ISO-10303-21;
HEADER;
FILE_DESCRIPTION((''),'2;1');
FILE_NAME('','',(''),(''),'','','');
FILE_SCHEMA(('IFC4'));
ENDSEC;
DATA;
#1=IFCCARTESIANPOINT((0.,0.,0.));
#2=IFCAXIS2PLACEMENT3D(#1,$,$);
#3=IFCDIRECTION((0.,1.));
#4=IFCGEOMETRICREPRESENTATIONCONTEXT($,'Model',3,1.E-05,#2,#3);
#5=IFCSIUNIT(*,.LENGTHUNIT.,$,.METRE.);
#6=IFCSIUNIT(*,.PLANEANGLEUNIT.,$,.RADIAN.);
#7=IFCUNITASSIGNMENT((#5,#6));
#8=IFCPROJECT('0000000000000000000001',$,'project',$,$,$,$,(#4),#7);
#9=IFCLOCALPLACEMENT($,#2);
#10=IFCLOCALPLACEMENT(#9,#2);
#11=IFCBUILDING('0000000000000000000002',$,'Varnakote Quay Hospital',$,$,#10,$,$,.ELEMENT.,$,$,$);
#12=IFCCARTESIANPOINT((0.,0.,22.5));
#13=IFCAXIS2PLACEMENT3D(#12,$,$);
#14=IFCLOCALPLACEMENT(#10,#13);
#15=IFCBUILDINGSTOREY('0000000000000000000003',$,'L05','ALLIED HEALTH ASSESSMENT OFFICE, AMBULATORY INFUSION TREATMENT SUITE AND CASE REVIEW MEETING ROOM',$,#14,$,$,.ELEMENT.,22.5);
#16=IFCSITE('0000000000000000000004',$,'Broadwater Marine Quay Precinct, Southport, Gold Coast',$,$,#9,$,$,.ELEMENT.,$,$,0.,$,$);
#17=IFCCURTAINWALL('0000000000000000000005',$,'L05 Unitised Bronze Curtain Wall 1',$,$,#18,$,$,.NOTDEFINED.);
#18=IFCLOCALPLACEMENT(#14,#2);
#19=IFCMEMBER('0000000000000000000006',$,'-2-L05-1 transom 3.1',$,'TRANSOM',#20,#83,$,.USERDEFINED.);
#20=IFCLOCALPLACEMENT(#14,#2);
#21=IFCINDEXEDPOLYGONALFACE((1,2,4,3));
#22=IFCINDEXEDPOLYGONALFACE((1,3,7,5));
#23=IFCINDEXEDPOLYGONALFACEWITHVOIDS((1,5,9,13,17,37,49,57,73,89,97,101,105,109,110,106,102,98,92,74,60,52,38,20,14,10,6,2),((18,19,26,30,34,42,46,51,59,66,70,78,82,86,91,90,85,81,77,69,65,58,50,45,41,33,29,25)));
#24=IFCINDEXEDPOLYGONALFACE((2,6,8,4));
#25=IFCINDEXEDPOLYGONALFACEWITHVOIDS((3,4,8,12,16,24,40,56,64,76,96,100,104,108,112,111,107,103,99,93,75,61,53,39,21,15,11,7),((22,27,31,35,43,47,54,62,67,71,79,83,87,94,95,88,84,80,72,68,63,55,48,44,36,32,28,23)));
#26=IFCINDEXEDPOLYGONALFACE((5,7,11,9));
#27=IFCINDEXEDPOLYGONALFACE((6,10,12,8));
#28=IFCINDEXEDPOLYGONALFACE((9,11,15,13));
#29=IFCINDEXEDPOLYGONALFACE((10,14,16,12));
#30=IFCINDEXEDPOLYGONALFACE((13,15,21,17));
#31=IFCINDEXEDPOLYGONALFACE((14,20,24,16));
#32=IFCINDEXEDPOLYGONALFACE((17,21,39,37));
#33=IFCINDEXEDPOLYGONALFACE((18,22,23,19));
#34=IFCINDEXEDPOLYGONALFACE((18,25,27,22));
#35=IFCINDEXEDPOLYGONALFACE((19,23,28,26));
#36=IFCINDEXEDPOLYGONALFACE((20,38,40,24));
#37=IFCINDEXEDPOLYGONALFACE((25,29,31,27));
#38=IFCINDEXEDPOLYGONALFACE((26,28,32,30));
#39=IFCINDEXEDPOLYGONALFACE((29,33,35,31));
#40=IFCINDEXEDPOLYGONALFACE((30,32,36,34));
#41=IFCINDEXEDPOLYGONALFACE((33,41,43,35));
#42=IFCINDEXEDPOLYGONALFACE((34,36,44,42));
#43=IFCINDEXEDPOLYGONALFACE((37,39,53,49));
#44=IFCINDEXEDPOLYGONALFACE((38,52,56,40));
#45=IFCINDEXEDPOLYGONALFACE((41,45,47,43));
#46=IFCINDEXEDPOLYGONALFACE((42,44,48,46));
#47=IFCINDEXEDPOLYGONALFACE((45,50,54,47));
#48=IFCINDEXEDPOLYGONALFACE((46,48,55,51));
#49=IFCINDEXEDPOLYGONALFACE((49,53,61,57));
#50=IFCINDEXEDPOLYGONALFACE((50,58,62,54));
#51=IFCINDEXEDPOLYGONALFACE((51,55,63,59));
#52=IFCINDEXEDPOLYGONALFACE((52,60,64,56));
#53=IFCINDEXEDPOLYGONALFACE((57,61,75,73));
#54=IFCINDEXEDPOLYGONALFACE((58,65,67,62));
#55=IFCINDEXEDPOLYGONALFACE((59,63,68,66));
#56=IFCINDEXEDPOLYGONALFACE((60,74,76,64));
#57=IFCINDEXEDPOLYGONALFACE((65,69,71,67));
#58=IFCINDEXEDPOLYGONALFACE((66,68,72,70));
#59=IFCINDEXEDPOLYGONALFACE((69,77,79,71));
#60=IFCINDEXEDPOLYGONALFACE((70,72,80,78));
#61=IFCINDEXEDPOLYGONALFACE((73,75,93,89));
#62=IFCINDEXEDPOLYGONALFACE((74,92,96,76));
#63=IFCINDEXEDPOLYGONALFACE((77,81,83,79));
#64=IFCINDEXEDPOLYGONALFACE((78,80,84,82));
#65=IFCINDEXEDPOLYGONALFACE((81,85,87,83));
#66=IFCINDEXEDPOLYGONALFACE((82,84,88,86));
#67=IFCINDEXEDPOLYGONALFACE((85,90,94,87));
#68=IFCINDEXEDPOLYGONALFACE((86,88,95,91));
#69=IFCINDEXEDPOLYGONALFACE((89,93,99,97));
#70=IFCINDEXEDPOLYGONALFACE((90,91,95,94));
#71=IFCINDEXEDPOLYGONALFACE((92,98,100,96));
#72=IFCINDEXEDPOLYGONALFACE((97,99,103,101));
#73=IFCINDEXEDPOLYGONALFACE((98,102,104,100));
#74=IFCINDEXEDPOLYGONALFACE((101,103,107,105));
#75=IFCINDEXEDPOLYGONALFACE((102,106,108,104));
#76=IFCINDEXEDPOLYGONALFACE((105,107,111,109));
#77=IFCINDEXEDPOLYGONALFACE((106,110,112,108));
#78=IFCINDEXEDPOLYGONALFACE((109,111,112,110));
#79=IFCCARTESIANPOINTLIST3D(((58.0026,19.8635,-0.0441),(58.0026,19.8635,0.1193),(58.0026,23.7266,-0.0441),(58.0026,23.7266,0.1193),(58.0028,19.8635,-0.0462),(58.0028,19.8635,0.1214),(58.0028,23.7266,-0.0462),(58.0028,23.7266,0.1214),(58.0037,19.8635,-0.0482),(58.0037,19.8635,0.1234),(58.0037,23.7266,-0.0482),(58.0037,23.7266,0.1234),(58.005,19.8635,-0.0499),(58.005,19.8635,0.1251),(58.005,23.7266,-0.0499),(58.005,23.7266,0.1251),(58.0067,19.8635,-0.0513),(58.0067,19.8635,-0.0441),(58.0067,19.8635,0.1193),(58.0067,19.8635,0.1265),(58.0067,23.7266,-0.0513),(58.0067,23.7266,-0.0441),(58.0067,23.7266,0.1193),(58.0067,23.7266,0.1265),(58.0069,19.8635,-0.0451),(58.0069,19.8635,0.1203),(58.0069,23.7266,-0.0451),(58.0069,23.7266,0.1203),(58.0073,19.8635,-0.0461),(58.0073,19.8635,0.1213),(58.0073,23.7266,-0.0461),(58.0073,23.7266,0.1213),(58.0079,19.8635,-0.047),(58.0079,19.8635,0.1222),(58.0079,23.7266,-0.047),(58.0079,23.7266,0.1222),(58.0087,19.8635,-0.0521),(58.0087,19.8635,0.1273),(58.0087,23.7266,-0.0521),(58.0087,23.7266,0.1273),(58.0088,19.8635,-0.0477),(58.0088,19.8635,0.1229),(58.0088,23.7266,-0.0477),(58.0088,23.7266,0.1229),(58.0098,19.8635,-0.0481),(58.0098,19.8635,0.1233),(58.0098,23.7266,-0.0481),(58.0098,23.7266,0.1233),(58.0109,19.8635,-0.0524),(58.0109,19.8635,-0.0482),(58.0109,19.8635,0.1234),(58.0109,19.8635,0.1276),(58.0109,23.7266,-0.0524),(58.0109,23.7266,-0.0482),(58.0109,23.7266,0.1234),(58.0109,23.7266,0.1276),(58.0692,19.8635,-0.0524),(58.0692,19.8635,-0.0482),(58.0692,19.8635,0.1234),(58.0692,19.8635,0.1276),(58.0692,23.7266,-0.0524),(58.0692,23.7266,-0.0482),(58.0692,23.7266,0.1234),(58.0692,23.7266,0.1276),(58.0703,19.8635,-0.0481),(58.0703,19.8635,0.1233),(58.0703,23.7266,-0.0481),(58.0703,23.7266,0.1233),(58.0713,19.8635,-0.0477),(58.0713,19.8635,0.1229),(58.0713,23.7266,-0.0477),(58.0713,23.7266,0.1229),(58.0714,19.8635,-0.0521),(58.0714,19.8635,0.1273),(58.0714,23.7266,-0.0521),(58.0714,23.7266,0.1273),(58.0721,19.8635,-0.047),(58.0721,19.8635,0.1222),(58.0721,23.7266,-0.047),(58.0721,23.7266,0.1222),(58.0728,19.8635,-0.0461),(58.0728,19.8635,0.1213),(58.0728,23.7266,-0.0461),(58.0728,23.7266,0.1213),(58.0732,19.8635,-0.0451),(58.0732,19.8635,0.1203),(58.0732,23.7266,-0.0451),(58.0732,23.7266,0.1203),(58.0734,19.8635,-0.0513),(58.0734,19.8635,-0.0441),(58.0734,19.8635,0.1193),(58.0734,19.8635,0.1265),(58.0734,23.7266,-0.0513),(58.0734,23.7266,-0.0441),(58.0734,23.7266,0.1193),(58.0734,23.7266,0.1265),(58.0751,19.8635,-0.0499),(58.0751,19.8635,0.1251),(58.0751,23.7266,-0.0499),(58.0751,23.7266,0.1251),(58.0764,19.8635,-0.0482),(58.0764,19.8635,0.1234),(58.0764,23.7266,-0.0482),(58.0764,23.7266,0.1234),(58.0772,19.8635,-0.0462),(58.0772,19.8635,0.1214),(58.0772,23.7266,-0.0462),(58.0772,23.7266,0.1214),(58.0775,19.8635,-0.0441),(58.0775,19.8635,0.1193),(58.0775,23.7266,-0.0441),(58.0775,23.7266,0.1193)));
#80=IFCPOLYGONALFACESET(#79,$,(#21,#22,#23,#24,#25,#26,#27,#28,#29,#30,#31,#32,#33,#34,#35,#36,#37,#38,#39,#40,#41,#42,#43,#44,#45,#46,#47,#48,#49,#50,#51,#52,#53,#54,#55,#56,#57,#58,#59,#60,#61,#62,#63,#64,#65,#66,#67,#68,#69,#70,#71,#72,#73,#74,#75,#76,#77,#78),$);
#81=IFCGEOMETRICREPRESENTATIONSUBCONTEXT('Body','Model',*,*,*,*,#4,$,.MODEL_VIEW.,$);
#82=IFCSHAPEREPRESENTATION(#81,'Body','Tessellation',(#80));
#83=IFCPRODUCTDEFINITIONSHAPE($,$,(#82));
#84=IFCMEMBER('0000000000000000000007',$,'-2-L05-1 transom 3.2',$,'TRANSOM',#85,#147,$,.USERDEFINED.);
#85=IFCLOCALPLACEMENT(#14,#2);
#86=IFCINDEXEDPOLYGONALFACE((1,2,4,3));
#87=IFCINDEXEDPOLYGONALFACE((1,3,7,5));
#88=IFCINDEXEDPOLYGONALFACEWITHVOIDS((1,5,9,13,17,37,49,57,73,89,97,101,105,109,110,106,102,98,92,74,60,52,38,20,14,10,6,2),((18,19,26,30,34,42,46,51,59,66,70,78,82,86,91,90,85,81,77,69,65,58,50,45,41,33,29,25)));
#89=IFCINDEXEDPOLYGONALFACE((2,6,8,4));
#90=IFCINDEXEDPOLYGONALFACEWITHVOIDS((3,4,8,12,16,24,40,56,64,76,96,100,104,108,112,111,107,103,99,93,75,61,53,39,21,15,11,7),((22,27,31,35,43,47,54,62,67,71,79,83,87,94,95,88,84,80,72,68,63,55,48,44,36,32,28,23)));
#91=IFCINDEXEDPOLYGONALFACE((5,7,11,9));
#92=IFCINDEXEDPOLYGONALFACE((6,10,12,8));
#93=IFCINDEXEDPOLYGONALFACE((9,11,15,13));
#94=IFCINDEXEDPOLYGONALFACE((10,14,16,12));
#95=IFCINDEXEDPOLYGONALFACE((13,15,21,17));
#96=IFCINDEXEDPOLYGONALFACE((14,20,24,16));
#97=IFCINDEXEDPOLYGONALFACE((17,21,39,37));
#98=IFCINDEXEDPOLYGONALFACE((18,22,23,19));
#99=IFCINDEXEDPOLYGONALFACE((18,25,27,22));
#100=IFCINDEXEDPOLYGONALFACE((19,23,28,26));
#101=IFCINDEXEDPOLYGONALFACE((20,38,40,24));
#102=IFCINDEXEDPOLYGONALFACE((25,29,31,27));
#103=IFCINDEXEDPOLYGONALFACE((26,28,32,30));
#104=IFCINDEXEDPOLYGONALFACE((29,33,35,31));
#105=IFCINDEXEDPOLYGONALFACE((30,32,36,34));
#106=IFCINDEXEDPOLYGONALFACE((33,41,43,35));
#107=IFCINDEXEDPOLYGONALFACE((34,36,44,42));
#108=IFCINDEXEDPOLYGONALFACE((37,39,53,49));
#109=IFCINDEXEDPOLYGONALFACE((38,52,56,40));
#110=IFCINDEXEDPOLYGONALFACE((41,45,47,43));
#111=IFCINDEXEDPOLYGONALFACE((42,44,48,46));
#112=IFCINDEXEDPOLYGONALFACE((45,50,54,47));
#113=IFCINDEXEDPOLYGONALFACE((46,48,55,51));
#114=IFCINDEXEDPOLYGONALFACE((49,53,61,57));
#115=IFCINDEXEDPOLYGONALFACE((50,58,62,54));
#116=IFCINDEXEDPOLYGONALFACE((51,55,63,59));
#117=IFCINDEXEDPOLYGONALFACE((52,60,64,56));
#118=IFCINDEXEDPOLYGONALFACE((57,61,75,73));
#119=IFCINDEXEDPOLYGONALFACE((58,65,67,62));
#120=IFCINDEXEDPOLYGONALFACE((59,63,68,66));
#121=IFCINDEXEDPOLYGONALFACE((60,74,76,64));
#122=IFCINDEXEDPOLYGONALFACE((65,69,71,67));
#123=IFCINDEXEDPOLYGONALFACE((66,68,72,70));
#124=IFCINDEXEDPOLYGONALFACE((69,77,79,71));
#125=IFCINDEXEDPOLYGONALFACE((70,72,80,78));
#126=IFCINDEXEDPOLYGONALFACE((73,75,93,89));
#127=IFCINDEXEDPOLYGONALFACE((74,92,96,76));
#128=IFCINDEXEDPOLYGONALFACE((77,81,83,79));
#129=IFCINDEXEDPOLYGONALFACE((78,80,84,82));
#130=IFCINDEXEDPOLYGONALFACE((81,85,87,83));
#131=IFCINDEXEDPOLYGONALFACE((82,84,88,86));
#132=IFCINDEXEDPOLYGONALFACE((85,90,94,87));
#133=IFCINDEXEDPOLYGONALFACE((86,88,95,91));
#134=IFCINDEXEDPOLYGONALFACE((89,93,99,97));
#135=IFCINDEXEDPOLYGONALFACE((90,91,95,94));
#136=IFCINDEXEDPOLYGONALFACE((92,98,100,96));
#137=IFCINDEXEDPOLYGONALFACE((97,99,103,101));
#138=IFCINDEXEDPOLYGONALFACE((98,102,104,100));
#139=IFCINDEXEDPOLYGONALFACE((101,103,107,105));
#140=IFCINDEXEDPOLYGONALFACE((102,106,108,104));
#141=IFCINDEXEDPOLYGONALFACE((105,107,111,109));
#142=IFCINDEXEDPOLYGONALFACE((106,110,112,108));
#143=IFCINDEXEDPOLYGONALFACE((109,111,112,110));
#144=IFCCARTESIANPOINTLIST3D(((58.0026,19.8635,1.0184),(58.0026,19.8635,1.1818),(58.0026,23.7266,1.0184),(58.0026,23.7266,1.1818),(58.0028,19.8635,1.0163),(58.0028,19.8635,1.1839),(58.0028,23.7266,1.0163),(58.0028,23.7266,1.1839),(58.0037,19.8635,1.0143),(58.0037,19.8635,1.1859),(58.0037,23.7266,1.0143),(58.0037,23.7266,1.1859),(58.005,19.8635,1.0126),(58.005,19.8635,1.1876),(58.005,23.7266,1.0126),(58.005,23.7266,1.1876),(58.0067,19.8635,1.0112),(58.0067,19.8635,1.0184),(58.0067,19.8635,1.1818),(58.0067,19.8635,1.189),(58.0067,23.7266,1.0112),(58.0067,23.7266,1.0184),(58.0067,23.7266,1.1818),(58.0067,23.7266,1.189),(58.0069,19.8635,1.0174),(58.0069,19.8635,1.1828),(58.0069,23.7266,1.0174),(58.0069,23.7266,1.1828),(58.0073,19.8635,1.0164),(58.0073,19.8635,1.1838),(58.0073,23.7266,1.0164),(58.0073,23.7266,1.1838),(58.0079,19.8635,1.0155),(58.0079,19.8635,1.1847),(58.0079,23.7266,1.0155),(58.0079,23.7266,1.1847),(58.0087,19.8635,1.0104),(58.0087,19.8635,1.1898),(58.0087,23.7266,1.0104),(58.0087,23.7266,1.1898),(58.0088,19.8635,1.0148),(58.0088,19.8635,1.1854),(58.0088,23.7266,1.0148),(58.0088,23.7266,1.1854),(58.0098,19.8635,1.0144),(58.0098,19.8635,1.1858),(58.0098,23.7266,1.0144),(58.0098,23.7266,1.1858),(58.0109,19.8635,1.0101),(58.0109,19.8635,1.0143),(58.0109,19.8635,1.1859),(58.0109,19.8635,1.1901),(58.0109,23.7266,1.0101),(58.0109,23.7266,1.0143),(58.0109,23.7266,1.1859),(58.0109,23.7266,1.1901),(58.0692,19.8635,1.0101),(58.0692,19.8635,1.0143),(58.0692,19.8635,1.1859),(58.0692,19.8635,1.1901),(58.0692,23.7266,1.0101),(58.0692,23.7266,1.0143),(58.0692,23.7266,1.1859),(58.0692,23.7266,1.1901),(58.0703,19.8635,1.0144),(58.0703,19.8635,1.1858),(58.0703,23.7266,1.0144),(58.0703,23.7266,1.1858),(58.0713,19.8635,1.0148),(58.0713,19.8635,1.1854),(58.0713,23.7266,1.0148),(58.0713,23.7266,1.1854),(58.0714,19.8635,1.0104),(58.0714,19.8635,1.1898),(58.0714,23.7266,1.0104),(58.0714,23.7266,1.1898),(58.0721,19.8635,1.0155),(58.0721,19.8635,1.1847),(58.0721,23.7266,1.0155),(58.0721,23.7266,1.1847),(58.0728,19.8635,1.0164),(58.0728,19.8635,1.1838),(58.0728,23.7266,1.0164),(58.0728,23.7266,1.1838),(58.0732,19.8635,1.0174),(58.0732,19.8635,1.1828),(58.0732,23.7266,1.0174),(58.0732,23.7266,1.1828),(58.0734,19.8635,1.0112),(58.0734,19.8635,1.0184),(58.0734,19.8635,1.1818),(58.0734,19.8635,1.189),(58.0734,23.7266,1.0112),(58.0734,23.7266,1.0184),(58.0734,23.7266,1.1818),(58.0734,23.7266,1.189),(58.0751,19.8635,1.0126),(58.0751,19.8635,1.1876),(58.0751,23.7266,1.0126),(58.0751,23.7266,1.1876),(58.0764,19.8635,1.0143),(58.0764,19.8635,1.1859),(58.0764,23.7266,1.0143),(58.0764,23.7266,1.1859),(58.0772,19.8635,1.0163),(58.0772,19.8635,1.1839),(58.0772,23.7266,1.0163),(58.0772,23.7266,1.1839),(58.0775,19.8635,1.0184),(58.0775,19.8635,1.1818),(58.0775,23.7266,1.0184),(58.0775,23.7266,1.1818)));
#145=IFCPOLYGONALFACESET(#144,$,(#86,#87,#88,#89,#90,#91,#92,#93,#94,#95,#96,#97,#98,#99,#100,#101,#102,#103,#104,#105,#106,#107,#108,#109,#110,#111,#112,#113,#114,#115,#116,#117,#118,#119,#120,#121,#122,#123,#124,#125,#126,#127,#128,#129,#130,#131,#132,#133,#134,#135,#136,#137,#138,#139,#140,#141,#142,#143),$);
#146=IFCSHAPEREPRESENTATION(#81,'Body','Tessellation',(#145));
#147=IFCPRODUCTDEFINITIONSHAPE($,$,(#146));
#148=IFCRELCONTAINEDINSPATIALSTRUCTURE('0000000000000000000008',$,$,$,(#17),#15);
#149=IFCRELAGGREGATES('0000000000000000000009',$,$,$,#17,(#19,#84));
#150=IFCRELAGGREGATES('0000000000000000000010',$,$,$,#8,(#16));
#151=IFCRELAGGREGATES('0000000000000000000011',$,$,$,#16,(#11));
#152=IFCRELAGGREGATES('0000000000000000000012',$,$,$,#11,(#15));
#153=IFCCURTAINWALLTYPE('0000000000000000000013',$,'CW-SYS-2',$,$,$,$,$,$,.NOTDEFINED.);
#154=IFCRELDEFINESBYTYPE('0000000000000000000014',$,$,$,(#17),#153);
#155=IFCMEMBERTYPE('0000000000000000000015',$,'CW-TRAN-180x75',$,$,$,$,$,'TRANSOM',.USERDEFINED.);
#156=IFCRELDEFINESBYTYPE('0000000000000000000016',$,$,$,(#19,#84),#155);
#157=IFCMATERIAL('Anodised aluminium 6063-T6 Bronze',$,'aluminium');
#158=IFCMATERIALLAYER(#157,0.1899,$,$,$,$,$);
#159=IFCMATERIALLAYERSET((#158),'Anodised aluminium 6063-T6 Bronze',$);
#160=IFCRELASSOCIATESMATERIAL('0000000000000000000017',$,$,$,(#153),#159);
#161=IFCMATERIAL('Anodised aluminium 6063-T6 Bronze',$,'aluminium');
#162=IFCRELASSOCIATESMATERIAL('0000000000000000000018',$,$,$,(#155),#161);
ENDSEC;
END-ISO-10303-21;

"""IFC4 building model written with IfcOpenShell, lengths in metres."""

from ifc_helpers import new_model, si_unit, direction, frame, origin, origin_2d, place, context, subcontext, project, spatial, hollow_rectangle, extrude, material, layer, layer_set, material_profile, profile_set, type_object, element, aggregate, save


model = new_model("IFC4")

# Units and contexts
model_context = context("Model", 3, precision=1e-05, world=origin(), true_north=direction((0.0, 1.0)))
body_context = subcontext(model_context, "Body", "Model", "MODEL_VIEW")
ifc_project = project(units=[si_unit("LENGTHUNIT", "METRE"), si_unit("PLANEANGLEUNIT", "RADIAN")], contexts=[model_context])

# Site, building, storey
site_placement = place(None, origin())
site = spatial("IfcSite", under=ifc_project, at=site_placement, Name="Broadwater Marine Quay Precinct, Southport, Gold Coast", CompositionType="ELEMENT", RefElevation=0.0)
building_placement = place(site_placement, origin())
building = spatial("IfcBuilding", under=site, at=building_placement, Name="Varnakote Quay Hospital", CompositionType="ELEMENT")
storey_placement = place(building_placement, frame((0.0, 0.0, 22.5)))
storey = spatial("IfcBuildingStorey", under=building, at=storey_placement, Name="L05", Description="ALLIED HEALTH ASSESSMENT OFFICE, AMBULATORY INFUSION TREATMENT SUITE AND CASE REVIEW MEETING ROOM", CompositionType="ELEMENT", Elevation=22.5)

# Curtain wall, members
ifc_material_1 = material(Name="Anodised aluminium 6063-T6 Bronze", Category="aluminium")
ifc_layer_1 = layer(ifc_material_1, 0.1899)
ifc_layer_set_1 = layer_set([ifc_layer_1], Name="Anodised aluminium 6063-T6 Bronze")
curtain_wall_type = type_object("IfcCurtainWallType", Name="CW-SYS-2", PredefinedType="NOTDEFINED", material=ifc_layer_set_1)
curtain_wall_placement = place(storey_placement, origin())
curtain_wall = element("IfcCurtainWall", 1, at=curtain_wall_placement, inside=storey, type_object=curtain_wall_type, Name="L05 Unitised Bronze Curtain Wall 1", PredefinedType="NOTDEFINED")
ifc_material_2 = material(Name="Anodised aluminium 6063-T6 Bronze", Category="aluminium")
ifc_material_profile_1 = material_profile(ifc_material_2, hollow_rectangle(XDim=0.075, YDim=0.1799, WallThickness=0.0042, InnerFilletRadius=0.0042, OuterFilletRadius=0.0083, at=origin_2d()), Name="CW-TRAN-180x75")
ifc_profile_set_1 = profile_set([ifc_material_profile_1], Name="Anodised aluminium 6063-T6 Bronze")
member_type_1 = type_object("IfcMemberType", Name="CW-TRAN-180x75", ElementType="TRANSOM", PredefinedType="USERDEFINED", material=ifc_profile_set_1)
member_1_placement = place(storey_placement, frame((58.04, 19.8635, 0.0376), z_axis=(0.0, 1.0, 0.0), x_axis=(-1.0, 0.0, 0.0)))
member_1 = element("IfcMember", 2, at=member_1_placement, type_object=member_type_1, Name="-2-L05-1 transom 3.1", ObjectType="TRANSOM", PredefinedType="USERDEFINED", context=body_context, shape_type="SweptSolid", body=[
    extrude(hollow_rectangle(XDim=0.075, YDim=0.1799, WallThickness=0.0042, InnerFilletRadius=0.0042, OuterFilletRadius=0.0083, at=origin_2d()), origin(), (0.0, 0.0, 1.0), 3.863),
])
member_2_placement = place(storey_placement, frame((58.04, 19.8635, 1.1001), z_axis=(0.0, 1.0, 0.0), x_axis=(-1.0, 0.0, 0.0)))
member_2 = element("IfcMember", 3, at=member_2_placement, type_object=member_type_1, Name="-2-L05-1 transom 3.2", ObjectType="TRANSOM", PredefinedType="USERDEFINED", context=body_context, shape_type="SweptSolid", body=[
    extrude(hollow_rectangle(XDim=0.075, YDim=0.1799, WallThickness=0.0042, InnerFilletRadius=0.0042, OuterFilletRadius=0.0083, at=origin_2d()), origin(), (0.0, 0.0, 1.0), 3.863),
])
aggregate(curtain_wall, [member_1, member_2])

save(model, "model.ifc")
